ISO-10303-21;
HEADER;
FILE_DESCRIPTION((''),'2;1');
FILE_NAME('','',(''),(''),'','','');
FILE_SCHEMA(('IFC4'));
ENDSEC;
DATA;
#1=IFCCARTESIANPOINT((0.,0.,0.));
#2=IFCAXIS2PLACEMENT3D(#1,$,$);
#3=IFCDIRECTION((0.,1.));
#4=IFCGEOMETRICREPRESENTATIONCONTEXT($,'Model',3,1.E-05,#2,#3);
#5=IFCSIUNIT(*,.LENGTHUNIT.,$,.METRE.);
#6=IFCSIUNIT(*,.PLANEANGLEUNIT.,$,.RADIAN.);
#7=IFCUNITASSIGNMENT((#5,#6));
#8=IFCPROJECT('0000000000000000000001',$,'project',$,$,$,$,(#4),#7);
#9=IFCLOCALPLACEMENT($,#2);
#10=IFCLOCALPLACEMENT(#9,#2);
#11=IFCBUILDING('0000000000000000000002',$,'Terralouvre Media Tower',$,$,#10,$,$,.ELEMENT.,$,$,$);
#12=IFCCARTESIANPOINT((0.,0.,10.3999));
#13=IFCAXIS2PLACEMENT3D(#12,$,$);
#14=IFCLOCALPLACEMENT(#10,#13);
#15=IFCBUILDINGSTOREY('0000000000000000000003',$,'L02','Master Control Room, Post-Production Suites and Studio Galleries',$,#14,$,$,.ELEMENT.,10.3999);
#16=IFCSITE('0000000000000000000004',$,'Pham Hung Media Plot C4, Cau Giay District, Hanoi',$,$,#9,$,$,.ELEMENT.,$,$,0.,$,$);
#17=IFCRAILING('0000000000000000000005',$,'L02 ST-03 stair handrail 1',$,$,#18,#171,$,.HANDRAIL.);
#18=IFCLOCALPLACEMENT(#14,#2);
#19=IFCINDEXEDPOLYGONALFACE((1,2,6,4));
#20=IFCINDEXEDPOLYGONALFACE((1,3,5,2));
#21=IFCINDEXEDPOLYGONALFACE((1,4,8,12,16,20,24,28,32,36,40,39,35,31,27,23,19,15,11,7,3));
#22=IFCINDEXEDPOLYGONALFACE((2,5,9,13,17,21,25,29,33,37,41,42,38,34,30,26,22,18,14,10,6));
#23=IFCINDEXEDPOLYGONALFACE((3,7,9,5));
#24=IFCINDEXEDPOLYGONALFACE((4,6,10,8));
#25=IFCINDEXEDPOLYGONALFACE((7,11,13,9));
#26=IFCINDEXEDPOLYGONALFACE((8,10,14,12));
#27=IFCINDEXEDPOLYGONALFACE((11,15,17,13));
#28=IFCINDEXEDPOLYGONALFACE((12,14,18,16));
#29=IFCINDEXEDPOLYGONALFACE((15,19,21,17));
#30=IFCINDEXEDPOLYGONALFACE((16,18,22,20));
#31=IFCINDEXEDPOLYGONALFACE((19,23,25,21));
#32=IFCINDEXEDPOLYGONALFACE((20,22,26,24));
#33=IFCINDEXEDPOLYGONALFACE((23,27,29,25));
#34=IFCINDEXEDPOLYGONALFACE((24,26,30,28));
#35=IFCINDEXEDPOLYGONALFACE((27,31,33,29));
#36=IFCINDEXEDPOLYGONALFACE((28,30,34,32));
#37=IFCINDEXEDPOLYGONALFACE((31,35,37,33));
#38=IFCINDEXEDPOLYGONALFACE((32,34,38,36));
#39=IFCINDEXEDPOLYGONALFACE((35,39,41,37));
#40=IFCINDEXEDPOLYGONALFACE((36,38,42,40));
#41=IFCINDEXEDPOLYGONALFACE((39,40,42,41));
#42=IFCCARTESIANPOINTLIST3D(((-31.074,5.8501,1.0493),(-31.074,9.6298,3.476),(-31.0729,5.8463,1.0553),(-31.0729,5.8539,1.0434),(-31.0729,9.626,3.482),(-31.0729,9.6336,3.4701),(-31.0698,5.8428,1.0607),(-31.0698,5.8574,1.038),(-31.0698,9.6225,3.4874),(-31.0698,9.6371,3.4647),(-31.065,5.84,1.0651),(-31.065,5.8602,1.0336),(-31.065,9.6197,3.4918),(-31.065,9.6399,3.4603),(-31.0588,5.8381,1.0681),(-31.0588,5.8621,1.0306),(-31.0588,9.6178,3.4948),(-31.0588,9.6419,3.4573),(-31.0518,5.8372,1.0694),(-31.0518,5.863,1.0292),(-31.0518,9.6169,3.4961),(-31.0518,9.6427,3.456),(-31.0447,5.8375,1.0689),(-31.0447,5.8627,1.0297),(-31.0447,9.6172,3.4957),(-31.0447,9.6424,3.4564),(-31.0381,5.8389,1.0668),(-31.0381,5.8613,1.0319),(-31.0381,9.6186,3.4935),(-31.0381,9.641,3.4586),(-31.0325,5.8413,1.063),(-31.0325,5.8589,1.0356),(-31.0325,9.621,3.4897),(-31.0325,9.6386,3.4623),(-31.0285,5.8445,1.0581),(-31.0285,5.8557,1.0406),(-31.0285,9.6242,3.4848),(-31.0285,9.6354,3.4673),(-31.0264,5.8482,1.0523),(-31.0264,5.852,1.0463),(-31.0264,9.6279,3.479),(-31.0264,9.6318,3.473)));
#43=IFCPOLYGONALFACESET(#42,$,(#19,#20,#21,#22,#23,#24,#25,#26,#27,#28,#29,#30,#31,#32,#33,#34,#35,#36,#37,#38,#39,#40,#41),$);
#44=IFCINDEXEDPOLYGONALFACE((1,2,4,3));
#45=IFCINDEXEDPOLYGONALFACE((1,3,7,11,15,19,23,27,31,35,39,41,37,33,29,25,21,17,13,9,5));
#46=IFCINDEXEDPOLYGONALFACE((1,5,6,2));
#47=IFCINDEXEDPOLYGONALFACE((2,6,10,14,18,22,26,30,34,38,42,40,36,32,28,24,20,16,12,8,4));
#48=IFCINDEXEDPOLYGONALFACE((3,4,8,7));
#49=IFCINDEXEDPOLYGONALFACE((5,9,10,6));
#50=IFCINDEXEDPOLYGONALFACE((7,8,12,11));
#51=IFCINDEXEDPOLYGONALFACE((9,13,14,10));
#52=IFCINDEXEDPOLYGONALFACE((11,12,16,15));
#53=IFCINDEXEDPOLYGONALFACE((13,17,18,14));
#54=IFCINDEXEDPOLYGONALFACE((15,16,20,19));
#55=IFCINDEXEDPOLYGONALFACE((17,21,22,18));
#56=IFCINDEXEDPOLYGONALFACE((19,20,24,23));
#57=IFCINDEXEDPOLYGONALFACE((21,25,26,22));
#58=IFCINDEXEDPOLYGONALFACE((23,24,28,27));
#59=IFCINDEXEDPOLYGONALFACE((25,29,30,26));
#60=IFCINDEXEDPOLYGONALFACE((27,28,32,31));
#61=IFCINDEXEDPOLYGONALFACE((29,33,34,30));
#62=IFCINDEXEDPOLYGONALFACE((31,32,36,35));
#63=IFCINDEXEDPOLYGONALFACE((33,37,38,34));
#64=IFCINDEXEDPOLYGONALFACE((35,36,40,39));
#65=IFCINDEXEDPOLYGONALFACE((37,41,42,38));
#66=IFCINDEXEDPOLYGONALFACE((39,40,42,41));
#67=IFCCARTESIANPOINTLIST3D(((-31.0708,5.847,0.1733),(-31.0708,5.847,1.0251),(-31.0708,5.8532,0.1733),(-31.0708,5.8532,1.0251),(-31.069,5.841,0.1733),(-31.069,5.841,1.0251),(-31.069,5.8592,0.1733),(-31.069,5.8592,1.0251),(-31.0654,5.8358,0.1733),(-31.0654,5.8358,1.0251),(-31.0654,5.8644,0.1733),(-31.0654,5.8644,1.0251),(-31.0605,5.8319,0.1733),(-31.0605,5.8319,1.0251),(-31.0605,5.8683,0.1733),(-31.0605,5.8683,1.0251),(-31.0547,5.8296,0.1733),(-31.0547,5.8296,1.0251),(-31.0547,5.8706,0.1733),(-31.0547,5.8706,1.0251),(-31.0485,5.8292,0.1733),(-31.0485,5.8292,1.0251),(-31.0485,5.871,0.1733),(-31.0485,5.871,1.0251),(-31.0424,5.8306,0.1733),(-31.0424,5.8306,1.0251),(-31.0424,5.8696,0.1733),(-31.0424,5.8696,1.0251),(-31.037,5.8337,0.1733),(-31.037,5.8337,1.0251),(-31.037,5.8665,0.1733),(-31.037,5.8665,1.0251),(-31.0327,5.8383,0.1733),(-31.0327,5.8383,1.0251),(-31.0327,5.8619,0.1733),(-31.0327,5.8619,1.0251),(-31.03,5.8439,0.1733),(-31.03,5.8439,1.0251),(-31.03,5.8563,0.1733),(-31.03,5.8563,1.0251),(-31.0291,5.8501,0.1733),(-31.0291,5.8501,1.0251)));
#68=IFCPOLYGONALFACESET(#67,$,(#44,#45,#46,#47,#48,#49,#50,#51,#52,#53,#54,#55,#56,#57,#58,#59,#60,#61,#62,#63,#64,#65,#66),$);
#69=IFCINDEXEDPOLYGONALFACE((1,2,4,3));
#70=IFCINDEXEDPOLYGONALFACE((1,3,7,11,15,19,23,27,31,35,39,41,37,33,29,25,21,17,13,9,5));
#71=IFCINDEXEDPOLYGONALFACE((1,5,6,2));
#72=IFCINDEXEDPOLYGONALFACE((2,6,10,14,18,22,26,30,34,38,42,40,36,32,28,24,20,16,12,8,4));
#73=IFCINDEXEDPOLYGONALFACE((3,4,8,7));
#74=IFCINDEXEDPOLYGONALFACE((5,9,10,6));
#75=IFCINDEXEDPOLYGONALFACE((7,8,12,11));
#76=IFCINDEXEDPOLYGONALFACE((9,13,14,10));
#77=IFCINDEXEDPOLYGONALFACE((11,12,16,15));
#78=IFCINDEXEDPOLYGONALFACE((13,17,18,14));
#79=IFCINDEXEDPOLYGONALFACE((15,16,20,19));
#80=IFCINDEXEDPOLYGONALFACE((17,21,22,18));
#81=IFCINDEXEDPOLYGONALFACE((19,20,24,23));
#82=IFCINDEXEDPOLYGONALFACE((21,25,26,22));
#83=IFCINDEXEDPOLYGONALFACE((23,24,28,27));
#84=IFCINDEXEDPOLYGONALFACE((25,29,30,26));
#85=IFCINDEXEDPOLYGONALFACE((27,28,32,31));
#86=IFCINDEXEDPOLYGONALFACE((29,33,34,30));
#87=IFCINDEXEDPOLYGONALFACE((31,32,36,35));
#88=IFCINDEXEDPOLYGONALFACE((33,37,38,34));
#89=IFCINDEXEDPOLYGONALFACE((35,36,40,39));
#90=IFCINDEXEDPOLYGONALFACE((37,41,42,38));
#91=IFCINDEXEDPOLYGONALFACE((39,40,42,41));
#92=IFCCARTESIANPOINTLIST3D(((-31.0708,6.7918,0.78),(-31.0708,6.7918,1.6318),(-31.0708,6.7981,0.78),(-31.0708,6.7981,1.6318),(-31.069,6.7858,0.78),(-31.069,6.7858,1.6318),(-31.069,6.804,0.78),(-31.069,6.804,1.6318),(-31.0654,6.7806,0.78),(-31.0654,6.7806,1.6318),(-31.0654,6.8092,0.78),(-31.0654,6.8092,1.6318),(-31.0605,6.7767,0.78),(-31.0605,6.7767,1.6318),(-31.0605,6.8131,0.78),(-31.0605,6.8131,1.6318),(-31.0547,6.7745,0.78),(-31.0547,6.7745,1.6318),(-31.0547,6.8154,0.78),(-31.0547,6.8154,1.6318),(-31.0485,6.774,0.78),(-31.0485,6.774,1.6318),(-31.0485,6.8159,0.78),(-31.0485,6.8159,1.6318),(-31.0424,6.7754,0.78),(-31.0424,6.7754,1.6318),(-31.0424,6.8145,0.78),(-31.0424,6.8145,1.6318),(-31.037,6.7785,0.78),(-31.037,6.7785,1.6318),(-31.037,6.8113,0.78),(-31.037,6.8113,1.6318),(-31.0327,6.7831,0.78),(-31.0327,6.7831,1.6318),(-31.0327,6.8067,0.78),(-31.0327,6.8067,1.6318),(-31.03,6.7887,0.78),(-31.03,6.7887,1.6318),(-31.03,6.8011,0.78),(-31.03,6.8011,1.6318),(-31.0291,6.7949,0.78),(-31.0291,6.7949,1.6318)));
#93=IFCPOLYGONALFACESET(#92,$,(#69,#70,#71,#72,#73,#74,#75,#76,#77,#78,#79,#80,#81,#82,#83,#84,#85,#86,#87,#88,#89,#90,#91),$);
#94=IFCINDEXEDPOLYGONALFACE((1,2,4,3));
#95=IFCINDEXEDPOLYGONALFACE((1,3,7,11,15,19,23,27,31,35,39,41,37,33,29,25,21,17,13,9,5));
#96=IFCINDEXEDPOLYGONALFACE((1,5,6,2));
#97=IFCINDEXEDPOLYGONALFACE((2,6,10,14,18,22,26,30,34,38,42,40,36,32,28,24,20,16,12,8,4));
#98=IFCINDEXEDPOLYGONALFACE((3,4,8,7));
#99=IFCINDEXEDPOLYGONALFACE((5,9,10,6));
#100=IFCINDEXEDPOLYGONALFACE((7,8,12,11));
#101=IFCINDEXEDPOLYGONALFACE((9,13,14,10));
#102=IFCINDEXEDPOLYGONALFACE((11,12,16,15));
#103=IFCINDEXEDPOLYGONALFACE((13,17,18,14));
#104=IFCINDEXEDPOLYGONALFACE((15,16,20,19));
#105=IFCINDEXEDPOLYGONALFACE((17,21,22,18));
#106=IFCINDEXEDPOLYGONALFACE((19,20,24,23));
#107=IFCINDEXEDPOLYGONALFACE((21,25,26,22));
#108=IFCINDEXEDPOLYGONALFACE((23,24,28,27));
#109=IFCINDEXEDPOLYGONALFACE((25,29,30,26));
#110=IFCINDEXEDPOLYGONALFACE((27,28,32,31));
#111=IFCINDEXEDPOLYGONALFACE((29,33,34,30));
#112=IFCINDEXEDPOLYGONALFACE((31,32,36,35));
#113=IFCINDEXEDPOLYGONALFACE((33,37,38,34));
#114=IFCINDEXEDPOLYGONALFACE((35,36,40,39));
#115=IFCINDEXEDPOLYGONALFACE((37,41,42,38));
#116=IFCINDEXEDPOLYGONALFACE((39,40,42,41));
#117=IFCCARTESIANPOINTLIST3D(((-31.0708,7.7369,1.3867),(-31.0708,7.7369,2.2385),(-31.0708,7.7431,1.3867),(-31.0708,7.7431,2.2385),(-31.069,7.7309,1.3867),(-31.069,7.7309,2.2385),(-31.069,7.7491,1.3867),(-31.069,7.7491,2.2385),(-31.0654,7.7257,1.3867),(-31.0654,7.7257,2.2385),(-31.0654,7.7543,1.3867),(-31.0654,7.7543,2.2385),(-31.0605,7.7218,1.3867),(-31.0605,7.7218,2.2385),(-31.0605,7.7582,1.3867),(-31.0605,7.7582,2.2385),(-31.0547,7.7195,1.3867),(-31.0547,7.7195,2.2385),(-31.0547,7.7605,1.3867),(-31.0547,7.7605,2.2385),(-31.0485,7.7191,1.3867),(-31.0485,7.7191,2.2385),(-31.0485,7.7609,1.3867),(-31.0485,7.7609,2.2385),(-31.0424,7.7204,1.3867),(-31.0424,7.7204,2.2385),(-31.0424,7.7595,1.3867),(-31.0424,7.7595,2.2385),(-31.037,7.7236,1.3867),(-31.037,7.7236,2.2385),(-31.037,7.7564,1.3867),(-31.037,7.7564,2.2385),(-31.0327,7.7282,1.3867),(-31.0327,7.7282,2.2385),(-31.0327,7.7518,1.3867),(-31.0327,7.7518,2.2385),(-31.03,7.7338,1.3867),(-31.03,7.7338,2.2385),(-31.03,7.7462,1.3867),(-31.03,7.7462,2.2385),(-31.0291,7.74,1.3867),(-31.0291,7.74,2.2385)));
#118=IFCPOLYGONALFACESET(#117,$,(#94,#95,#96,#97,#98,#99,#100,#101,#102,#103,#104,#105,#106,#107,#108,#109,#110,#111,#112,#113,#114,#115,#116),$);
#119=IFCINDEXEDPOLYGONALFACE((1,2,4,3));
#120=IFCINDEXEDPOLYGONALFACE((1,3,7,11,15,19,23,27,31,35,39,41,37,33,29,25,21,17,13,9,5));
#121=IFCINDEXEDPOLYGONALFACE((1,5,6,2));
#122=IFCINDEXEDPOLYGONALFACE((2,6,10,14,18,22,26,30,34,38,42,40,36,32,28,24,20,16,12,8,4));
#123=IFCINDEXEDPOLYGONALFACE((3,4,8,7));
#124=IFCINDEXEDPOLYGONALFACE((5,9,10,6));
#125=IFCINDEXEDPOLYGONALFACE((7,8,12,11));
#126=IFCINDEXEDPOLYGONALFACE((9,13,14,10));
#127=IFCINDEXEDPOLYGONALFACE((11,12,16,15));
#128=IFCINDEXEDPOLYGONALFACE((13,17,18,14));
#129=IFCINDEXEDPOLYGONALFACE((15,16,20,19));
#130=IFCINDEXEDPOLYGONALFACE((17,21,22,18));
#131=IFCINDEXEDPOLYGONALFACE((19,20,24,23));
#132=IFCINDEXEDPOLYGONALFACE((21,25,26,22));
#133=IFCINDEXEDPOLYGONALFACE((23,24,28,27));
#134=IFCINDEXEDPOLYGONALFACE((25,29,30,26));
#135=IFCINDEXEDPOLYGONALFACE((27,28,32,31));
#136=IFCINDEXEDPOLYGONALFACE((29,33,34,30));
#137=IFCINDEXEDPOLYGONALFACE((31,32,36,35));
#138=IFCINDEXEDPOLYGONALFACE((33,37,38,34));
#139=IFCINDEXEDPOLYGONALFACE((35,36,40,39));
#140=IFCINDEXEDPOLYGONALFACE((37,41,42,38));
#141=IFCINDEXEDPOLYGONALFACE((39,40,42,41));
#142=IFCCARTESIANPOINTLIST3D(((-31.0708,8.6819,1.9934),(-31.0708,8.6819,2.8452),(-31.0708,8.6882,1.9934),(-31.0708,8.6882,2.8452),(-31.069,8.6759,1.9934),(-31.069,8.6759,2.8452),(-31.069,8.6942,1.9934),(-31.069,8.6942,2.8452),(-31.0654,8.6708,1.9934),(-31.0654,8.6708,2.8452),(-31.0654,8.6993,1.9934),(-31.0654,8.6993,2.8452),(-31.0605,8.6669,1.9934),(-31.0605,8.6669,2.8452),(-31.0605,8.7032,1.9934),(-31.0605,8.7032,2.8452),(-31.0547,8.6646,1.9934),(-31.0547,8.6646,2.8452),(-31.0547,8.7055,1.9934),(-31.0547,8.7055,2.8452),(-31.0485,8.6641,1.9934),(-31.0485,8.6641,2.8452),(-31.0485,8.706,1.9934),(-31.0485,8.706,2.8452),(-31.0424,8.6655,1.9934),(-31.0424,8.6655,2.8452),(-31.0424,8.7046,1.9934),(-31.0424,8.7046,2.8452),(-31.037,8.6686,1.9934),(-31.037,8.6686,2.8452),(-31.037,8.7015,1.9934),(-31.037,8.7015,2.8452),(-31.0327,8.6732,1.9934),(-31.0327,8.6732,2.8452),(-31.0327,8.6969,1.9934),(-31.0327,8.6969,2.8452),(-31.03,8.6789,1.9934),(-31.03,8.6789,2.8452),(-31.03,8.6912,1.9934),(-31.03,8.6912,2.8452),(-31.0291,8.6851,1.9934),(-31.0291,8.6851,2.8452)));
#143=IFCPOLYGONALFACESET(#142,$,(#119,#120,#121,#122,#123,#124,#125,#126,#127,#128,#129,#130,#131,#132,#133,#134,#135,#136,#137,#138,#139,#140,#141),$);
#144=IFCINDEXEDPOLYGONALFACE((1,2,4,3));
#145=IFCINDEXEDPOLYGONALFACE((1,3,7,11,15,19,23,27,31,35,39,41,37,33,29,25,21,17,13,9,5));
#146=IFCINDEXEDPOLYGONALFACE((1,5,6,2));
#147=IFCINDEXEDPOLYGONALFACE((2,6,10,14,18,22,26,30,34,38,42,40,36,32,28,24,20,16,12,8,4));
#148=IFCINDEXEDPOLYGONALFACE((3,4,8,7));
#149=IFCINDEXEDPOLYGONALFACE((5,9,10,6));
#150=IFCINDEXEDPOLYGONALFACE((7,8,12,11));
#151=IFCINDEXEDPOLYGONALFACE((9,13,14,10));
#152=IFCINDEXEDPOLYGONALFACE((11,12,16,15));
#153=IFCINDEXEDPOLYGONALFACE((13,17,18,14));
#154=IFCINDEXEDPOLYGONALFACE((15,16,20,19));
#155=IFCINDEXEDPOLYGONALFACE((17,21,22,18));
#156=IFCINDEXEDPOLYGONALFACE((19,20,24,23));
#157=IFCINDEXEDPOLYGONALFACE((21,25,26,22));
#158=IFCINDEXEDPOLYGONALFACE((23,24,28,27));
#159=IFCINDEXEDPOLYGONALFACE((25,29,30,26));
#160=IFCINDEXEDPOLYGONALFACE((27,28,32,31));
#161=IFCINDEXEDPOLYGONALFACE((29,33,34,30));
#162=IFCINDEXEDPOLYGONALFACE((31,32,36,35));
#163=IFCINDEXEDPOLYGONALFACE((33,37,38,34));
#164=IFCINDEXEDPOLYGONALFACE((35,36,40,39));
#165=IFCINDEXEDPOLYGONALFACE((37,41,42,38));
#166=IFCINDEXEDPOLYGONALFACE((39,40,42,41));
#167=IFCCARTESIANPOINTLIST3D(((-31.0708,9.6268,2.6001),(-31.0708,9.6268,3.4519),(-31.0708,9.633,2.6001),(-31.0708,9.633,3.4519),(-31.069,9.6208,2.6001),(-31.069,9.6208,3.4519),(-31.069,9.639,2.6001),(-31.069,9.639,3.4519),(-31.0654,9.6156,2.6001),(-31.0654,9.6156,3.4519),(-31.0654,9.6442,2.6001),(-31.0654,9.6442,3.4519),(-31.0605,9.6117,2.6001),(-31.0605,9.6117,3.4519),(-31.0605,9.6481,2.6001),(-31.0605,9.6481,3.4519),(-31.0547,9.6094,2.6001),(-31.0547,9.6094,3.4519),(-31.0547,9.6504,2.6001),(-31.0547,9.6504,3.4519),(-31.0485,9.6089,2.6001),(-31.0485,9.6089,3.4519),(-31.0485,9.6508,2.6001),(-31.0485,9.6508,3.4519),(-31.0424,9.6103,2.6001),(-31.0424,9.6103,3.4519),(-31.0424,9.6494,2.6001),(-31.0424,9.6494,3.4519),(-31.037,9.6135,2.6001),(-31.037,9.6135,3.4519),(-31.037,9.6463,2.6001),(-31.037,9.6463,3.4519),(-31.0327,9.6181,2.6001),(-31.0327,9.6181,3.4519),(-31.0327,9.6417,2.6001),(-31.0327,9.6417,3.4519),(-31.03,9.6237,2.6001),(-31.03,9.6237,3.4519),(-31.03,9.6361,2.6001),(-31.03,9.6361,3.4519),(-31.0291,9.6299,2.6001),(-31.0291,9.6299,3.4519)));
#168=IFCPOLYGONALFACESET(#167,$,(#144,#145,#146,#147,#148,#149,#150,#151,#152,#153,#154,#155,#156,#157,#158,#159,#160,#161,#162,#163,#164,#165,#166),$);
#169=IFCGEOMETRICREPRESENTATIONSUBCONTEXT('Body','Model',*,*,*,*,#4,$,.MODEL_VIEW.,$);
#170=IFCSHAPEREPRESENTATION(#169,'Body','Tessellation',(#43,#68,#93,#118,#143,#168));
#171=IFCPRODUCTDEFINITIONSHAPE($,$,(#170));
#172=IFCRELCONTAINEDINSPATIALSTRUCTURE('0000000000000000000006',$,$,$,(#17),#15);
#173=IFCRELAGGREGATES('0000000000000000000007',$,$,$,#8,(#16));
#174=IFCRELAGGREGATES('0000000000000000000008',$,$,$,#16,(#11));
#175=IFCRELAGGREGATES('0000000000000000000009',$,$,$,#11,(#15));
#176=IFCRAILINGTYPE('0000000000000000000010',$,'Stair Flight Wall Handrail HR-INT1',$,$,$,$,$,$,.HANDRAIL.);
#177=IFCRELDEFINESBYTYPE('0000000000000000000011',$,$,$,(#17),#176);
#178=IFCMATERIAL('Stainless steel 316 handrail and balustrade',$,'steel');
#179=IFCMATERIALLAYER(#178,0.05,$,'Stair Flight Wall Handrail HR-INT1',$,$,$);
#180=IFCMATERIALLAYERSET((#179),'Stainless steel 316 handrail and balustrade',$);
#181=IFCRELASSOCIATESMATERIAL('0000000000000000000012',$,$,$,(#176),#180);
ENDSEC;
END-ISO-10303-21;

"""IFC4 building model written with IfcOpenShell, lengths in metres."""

from ifc_helpers import new_model, si_unit, direction, frame, origin, origin_2d, place, context, subcontext, project, spatial, circle, extrude, material, layer, layer_set, type_object, element, save


model = new_model("IFC4")

# Units and contexts
model_context = context("Model", 3, precision=1e-05, world=origin(), true_north=direction((0.0, 1.0)))
body_context = subcontext(model_context, "Body", "Model", "MODEL_VIEW")
ifc_project = project(units=[si_unit("LENGTHUNIT", "METRE"), si_unit("PLANEANGLEUNIT", "RADIAN")], contexts=[model_context])

# Site, building, storey
site_placement = place(None, origin())
site = spatial("IfcSite", under=ifc_project, at=site_placement, Name="Pham Hung Media Plot C4, Cau Giay District, Hanoi", CompositionType="ELEMENT", RefElevation=0.0)
building_placement = place(site_placement, origin())
building = spatial("IfcBuilding", under=site, at=building_placement, Name="Terralouvre Media Tower", CompositionType="ELEMENT")
storey_placement = place(building_placement, frame((0.0, 0.0, 10.3999)))
storey = spatial("IfcBuildingStorey", under=building, at=storey_placement, Name="L02", Description="Master Control Room, Post-Production Suites and Studio Galleries", CompositionType="ELEMENT", Elevation=10.3999)

# Railing
ifc_material_1 = material(Name="Stainless steel 316 handrail and balustrade", Category="steel")
ifc_layer_1 = layer(ifc_material_1, 0.05, Name="Stair Flight Wall Handrail HR-INT1")
ifc_layer_set_1 = layer_set([ifc_layer_1], Name="Stainless steel 316 handrail and balustrade")
railing_type_1 = type_object("IfcRailingType", Name="Stair Flight Wall Handrail HR-INT1", PredefinedType="HANDRAIL", material=ifc_layer_set_1)
railing_1_placement = place(storey_placement, frame((-31.05, 5.8501, 0.1733)))
element("IfcRailing", 1, at=railing_1_placement, inside=storey, type_object=railing_type_1, Name="L02 ST-03 stair handrail 1", PredefinedType="HANDRAIL", context=body_context, shape_type="SweptSolid", body=[
    extrude(circle(Radius=0.0239, at=origin_2d()), frame((0.0, 0.0, 0.876), z_axis=(0.0, 0.841493, 0.540269), x_axis=(-1.0, 0.0, 0.0)), (0.0, 0.0, 1.0), 4.4917),
    extrude(circle(Radius=0.021, at=origin_2d()), origin(), (0.0, 0.0, 1.0), 0.8518),
    extrude(circle(Radius=0.021, at=origin_2d()), frame((0.0, 0.9448, 0.6067)), (0.0, 0.0, 1.0), 0.8518),
    extrude(circle(Radius=0.021, at=origin_2d()), frame((0.0, 1.8899, 1.2134)), (0.0, 0.0, 1.0), 0.8518),
    extrude(circle(Radius=0.021, at=origin_2d()), frame((0.0, 2.835, 1.8201)), (0.0, 0.0, 1.0), 0.8518),
    extrude(circle(Radius=0.021, at=origin_2d()), frame((0.0, 3.7798, 2.4268)), (0.0, 0.0, 1.0), 0.8518),
])

save(model, "model.ifc")
